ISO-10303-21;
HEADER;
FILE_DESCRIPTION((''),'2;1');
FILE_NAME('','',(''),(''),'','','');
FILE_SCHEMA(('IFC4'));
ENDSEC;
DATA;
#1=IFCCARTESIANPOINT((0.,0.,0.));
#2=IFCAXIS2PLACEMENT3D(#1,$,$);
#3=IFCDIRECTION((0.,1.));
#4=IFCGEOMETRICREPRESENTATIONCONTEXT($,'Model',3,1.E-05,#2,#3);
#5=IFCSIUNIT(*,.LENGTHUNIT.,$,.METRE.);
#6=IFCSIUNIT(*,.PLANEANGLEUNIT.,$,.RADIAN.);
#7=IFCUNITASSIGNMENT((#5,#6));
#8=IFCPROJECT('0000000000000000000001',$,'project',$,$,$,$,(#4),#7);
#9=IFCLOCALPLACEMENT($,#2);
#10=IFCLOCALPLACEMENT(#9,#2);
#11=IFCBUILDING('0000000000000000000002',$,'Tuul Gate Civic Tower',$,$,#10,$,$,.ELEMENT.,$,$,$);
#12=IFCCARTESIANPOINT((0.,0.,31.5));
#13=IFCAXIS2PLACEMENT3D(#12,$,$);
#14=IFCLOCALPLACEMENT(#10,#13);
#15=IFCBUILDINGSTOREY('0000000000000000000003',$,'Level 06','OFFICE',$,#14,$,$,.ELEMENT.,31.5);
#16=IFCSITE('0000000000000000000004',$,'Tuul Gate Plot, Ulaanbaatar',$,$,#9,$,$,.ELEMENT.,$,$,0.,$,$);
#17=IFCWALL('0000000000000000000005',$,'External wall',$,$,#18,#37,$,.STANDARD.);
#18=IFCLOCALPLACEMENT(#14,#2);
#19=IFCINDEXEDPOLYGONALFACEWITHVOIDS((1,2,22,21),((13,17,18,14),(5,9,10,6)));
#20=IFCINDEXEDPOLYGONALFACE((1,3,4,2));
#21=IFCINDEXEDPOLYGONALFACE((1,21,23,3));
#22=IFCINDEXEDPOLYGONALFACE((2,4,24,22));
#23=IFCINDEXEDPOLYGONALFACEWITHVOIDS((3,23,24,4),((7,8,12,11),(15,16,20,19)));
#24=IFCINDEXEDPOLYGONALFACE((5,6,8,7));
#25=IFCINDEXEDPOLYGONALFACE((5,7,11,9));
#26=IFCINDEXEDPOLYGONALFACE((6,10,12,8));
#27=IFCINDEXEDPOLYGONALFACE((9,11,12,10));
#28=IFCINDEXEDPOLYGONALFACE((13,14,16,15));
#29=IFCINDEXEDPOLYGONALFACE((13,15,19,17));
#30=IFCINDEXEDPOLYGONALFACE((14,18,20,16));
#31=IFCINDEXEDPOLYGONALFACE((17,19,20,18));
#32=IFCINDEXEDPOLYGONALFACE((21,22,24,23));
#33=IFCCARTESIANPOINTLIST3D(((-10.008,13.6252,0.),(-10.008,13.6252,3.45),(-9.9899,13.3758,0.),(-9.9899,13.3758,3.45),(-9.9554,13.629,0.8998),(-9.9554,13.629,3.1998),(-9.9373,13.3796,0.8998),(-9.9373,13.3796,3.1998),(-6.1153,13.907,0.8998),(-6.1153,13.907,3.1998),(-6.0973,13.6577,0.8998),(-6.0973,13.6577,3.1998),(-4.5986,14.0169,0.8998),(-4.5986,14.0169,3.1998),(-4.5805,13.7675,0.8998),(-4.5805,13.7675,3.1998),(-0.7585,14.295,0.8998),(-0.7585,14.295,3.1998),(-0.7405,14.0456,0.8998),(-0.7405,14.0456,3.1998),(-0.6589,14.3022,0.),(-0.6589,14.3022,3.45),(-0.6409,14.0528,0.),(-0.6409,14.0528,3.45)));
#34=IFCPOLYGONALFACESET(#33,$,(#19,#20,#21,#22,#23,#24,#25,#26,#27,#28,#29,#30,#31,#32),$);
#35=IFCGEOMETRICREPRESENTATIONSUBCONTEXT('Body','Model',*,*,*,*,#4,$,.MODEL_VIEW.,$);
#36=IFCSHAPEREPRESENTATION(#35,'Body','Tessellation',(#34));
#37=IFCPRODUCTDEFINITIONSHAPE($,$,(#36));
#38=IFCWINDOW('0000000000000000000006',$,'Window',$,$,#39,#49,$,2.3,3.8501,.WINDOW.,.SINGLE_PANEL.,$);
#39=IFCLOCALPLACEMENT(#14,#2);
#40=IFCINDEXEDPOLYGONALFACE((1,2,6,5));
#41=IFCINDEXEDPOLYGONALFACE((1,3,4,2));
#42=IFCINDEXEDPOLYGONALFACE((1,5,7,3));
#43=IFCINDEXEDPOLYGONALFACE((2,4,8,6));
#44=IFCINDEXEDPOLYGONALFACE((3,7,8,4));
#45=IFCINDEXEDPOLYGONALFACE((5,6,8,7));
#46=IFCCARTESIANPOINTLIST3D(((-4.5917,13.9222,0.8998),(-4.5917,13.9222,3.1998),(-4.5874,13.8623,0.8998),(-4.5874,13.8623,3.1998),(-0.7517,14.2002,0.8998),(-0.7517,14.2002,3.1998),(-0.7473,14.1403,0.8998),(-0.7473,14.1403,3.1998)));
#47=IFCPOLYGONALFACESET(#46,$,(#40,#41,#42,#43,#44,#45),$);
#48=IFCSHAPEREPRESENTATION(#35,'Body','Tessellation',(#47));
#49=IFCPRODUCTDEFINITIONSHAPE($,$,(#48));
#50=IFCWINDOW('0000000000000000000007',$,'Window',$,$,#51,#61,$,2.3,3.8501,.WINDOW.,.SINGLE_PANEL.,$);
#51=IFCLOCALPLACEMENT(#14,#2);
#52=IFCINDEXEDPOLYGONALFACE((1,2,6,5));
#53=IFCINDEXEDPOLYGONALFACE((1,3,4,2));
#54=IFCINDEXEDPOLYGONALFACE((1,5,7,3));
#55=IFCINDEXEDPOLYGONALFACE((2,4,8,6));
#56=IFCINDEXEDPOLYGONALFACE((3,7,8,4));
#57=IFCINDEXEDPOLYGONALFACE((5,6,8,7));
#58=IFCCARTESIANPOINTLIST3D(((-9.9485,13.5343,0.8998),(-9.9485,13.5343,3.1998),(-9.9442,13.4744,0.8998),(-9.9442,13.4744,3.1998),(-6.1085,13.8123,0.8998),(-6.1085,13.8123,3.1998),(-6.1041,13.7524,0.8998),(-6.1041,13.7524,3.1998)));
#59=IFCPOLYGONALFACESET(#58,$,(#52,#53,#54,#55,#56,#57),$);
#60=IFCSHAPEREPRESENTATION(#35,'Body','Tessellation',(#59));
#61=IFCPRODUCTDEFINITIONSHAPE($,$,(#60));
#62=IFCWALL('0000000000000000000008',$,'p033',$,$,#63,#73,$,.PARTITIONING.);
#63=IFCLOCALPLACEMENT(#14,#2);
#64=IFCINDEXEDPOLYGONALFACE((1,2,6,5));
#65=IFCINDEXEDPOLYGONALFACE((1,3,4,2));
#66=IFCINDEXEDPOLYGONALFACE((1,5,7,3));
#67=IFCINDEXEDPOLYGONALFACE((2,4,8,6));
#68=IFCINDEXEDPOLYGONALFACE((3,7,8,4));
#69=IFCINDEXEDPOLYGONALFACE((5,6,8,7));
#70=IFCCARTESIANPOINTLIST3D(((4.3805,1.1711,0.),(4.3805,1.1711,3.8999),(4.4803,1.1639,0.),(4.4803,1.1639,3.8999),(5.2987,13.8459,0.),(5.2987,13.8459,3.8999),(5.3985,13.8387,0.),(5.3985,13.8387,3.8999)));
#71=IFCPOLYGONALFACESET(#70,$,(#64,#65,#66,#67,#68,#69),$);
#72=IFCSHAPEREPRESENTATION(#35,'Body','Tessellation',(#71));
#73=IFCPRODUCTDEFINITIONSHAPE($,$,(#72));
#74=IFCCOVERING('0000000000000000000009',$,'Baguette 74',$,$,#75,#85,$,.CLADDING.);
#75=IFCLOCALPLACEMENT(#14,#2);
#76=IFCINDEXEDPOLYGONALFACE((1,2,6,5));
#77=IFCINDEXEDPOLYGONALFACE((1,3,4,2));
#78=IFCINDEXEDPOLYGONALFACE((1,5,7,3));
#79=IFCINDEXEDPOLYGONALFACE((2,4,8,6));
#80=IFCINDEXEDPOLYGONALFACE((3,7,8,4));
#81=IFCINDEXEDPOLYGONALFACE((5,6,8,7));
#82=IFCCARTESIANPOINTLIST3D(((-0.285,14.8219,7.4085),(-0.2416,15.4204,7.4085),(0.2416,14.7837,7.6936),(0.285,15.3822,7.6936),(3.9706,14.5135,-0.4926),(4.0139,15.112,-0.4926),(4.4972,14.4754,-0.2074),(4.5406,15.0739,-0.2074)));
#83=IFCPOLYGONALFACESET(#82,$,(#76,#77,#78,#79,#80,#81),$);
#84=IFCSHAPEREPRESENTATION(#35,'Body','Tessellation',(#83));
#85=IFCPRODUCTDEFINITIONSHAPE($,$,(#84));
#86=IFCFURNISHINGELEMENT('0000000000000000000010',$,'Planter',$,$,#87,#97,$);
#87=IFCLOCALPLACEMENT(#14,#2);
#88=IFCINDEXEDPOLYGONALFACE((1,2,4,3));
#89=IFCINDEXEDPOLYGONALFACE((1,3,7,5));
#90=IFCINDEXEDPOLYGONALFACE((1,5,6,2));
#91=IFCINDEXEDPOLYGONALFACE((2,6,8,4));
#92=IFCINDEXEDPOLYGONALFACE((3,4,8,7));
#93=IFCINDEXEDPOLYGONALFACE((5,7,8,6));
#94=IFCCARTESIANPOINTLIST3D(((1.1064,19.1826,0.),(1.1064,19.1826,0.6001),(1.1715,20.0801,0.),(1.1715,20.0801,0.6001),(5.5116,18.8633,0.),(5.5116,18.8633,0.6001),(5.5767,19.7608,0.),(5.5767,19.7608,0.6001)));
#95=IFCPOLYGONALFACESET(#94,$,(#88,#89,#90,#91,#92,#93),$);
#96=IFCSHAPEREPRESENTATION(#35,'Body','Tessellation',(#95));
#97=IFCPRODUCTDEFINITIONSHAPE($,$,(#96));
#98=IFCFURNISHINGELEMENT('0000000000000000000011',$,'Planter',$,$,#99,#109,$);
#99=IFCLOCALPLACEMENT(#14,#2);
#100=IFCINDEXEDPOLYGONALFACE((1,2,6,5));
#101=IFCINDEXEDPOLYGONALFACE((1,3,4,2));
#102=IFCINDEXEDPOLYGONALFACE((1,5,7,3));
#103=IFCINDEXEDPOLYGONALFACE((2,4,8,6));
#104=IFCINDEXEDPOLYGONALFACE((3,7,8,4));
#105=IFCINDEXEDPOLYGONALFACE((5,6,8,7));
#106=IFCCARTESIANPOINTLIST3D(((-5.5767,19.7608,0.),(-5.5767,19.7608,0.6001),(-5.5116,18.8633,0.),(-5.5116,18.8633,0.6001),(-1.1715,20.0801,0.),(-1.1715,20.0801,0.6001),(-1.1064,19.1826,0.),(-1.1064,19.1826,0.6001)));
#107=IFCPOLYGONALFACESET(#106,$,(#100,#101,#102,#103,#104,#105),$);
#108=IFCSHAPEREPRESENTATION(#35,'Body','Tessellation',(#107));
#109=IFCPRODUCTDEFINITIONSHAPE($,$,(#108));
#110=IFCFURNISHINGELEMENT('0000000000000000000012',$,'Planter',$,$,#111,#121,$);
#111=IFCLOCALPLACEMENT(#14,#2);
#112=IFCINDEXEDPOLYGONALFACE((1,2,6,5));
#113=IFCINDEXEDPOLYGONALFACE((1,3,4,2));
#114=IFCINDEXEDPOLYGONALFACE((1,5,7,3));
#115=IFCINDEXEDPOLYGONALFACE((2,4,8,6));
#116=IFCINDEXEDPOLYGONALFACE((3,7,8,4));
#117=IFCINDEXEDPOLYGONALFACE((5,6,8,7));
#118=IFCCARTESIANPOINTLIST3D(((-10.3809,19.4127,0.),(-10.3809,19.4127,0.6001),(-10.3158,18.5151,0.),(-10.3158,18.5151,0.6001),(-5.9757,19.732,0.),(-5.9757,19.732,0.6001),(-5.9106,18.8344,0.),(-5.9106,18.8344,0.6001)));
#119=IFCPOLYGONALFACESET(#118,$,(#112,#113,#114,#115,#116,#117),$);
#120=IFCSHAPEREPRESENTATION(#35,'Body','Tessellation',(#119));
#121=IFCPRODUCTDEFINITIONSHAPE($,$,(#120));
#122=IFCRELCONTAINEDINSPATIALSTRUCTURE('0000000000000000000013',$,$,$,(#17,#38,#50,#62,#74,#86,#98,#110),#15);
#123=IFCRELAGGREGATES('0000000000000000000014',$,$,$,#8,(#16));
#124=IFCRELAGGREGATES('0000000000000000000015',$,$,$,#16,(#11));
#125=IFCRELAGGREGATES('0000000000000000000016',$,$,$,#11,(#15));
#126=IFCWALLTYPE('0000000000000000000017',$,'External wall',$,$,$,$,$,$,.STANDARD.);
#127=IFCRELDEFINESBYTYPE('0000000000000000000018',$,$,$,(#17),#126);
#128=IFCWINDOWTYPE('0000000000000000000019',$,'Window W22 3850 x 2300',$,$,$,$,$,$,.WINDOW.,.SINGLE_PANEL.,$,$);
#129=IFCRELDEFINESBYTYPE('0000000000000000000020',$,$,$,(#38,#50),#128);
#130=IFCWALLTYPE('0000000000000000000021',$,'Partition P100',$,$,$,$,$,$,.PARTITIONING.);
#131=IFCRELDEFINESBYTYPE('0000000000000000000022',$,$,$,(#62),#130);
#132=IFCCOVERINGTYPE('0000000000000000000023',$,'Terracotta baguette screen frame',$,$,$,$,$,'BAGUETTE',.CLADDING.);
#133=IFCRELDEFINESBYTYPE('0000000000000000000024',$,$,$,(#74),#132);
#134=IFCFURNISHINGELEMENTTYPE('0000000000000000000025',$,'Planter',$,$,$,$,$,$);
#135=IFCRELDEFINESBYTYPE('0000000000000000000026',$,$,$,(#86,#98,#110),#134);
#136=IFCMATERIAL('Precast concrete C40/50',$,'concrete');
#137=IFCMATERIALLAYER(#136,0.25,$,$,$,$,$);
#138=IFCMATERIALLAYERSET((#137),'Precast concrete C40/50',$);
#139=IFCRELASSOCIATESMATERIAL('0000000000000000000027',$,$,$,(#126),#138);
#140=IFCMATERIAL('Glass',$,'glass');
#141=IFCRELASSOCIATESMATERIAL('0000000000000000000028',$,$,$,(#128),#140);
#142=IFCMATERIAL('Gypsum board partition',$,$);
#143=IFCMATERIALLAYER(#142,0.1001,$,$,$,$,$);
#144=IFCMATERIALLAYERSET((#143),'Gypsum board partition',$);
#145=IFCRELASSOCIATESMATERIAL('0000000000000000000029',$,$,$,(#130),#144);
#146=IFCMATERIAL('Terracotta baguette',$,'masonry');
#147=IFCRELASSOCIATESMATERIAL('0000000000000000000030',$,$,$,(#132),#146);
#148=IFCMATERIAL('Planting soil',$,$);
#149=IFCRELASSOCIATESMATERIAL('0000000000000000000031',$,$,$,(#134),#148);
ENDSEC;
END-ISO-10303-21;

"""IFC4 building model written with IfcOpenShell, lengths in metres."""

from ifc_helpers import new_model, si_unit, direction, frame, frame_2d, origin, origin_2d, place, context, subcontext, project, spatial, rectangle, extrude, material, layer, layer_set, material_profile, profile_set, type_object, element, fill, save


model = new_model("IFC4")

# Units and contexts
model_context = context("Model", 3, precision=1e-05, world=origin(), true_north=direction((0.0, 1.0)))
body_context = subcontext(model_context, "Body", "Model", "MODEL_VIEW")
ifc_project = project(units=[si_unit("LENGTHUNIT", "METRE"), si_unit("PLANEANGLEUNIT", "RADIAN")], contexts=[model_context])

# Site, building, storey
site_placement = place(None, origin())
site = spatial("IfcSite", under=ifc_project, at=site_placement, Name="Tuul Gate Plot, Ulaanbaatar", CompositionType="ELEMENT", RefElevation=0.0)
building_placement = place(site_placement, origin())
building = spatial("IfcBuilding", under=site, at=building_placement, Name="Tuul Gate Civic Tower", CompositionType="ELEMENT")
storey_placement = place(building_placement, frame((0.0, 0.0, 31.5)))
storey = spatial("IfcBuildingStorey", under=building, at=storey_placement, Name="Level 06", Description="OFFICE", CompositionType="ELEMENT", Elevation=31.5)

# Wall, openings, windows
ifc_material_1 = material(Name="Precast concrete C40/50", Category="concrete")
ifc_layer_1 = layer(ifc_material_1, 0.25)
ifc_layer_set_1 = layer_set([ifc_layer_1], Name="Precast concrete C40/50")
wall_type_1 = type_object("IfcWallType", Name="External wall", PredefinedType="STANDARD", material=ifc_layer_set_1)
wall_1_placement = place(storey_placement, frame((-0.6499, 14.1775, 0.0), z_axis=(0.0, 0.0, 1.0), x_axis=(-0.997388, -0.072224, 0.0)))
wall_1 = element("IfcWall", 1, at=wall_1_placement, inside=storey, type_object=wall_type_1, Name="External wall", PredefinedType="STANDARD", context=body_context, shape_type="SweptSolid", body=[
    extrude(rectangle(XDim=9.3735, YDim=0.25, at=frame_2d((4.6868, 0.0))), origin(), (0.0, 0.0, 1.0), 3.45),
])
opening_1_placement = place(wall_1_placement, frame((0.0999, 0.0, 0.8999)))
opening_1 = element("IfcOpeningElement", 2, at=opening_1_placement, cuts=wall_1, PredefinedType="OPENING", context=body_context, shape_type="SweptSolid", body=[
    extrude(rectangle(XDim=3.8501, YDim=2.3, at=frame_2d((1.925, 1.1499))), frame((0.0, 0.135, 0.0), z_axis=(0.0, -1.0, 0.0), x_axis=(1.0, 0.0, 0.0)), (0.0, 0.0, 1.0), 0.27),
])
opening_2_placement = place(wall_1_placement, frame((5.4707, 0.0, 0.8999)))
opening_2 = element("IfcOpeningElement", 3, at=opening_2_placement, cuts=wall_1, PredefinedType="OPENING", context=body_context, shape_type="SweptSolid", body=[
    extrude(rectangle(XDim=3.8501, YDim=2.3, at=frame_2d((1.925, 1.1499))), frame((0.0, 0.135, 0.0), z_axis=(0.0, -1.0, 0.0), x_axis=(1.0, 0.0, 0.0)), (0.0, 0.0, 1.0), 0.27),
])
ifc_material_2 = material(Name="Glass", Category="glass")
window_type = type_object("IfcWindowType", Name="Window W22 3850 x 2300", PartitioningType="SINGLE_PANEL", PredefinedType="WINDOW", material=ifc_material_2)
window_1_placement = place(opening_1_placement, origin())
window_1 = element("IfcWindow", 4, at=window_1_placement, inside=storey, type_object=window_type, Name="Window", OverallHeight=2.3, OverallWidth=3.8501, PartitioningType="SINGLE_PANEL", PredefinedType="WINDOW", context=body_context, shape_type="SweptSolid", body=[
    extrude(rectangle(XDim=3.8501, YDim=2.3, at=frame_2d((1.925, 1.1499))), frame((0.0, 0.03, 0.0), z_axis=(0.0, -1.0, 0.0), x_axis=(1.0, 0.0, 0.0)), (0.0, 0.0, 1.0), 0.0601),
])
fill(opening_1, window_1)
window_2_placement = place(opening_2_placement, origin())
window_2 = element("IfcWindow", 5, at=window_2_placement, inside=storey, type_object=window_type, Name="Window", OverallHeight=2.3, OverallWidth=3.8501, PartitioningType="SINGLE_PANEL", PredefinedType="WINDOW", context=body_context, shape_type="SweptSolid", body=[
    extrude(rectangle(XDim=3.8501, YDim=2.3, at=frame_2d((1.925, 1.1499))), frame((0.0, 0.03, 0.0), z_axis=(0.0, -1.0, 0.0), x_axis=(1.0, 0.0, 0.0)), (0.0, 0.0, 1.0), 0.0601),
])
fill(opening_2, window_2)

# Wall
ifc_material_3 = material(Name="Gypsum board partition")
ifc_layer_2 = layer(ifc_material_3, 0.1001)
ifc_layer_set_2 = layer_set([ifc_layer_2], Name="Gypsum board partition")
wall_type_2 = type_object("IfcWallType", Name="Partition P100", PredefinedType="PARTITIONING", material=ifc_layer_set_2)
wall_2_placement = place(storey_placement, frame((4.4304, 1.1675, 0.0), z_axis=(0.0, 0.0, 1.0), x_axis=(0.072255, 0.997386, 0.0)))
element("IfcWall", 6, at=wall_2_placement, inside=storey, type_object=wall_type_2, Name="p033", PredefinedType="PARTITIONING", context=body_context, shape_type="SweptSolid", body=[
    extrude(rectangle(XDim=12.708, YDim=0.1001, at=frame_2d((6.354, 0.0))), origin(), (0.0, 0.0, 1.0), 3.8999),
])

# Covering
ifc_material_4 = material(Name="Terracotta baguette", Category="masonry")
ifc_material_profile_1 = material_profile(ifc_material_4, rectangle(XDim=0.6001, YDim=0.6001, at=origin_2d()), Name="Terracotta baguette screen frame")
ifc_profile_set_1 = profile_set([ifc_material_profile_1], Name="Terracotta baguette")
covering_type = type_object("IfcCoveringType", Name="Terracotta baguette screen frame", ElementType="BAGUETTE", PredefinedType="CLADDING", material=ifc_profile_set_1)
covering_placement = place(storey_placement, frame((0.0, 15.1021, 7.551), z_axis=(0.473921, -0.034339, -0.879898), x_axis=(0.072268, 0.997385, 0.0)))
element("IfcCovering", 7, at=covering_placement, inside=storey, type_object=covering_type, Name="Baguette 74", PredefinedType="CLADDING", context=body_context, shape_type="SweptSolid", body=[
    extrude(rectangle(XDim=0.6001, YDim=0.6001, at=origin_2d()), origin(), (0.0, 0.0, 1.0), 8.9795),
])

# Furnishing elements
ifc_material_5 = material(Name="Planting soil")
furnishing_element_type = type_object("IfcFurnishingElementType", Name="Planter", material=ifc_material_5)
for number, where, z_axis, x_axis, name in (
    (8, (3.3416, 19.4717, 0.0), (0.0, 0.0, 1.0), (-0.997384, 0.072292, 0.0), "Planter"),
    (9, (-3.3416, 19.4717, 0.0), (0.0, 0.0, 1.0), (-0.997384, -0.072292, 0.0), "Planter"),
    (10, (-8.1458, 19.1235, 0.0), (0.0, 0.0, 1.0), (-0.997384, -0.072292, 0.0), "Planter"),
):
    element("IfcFurnishingElement", number, at=place(storey_placement, frame(where, z_axis=z_axis, x_axis=x_axis)), inside=storey, type_object=furnishing_element_type, Name=name, context=body_context, shape_type="SweptSolid", body=[
        extrude(rectangle(XDim=4.4167, YDim=0.8999, at=origin_2d()), origin(), (0.0, 0.0, 1.0), 0.6001),
    ])

save(model, "model.ifc")
